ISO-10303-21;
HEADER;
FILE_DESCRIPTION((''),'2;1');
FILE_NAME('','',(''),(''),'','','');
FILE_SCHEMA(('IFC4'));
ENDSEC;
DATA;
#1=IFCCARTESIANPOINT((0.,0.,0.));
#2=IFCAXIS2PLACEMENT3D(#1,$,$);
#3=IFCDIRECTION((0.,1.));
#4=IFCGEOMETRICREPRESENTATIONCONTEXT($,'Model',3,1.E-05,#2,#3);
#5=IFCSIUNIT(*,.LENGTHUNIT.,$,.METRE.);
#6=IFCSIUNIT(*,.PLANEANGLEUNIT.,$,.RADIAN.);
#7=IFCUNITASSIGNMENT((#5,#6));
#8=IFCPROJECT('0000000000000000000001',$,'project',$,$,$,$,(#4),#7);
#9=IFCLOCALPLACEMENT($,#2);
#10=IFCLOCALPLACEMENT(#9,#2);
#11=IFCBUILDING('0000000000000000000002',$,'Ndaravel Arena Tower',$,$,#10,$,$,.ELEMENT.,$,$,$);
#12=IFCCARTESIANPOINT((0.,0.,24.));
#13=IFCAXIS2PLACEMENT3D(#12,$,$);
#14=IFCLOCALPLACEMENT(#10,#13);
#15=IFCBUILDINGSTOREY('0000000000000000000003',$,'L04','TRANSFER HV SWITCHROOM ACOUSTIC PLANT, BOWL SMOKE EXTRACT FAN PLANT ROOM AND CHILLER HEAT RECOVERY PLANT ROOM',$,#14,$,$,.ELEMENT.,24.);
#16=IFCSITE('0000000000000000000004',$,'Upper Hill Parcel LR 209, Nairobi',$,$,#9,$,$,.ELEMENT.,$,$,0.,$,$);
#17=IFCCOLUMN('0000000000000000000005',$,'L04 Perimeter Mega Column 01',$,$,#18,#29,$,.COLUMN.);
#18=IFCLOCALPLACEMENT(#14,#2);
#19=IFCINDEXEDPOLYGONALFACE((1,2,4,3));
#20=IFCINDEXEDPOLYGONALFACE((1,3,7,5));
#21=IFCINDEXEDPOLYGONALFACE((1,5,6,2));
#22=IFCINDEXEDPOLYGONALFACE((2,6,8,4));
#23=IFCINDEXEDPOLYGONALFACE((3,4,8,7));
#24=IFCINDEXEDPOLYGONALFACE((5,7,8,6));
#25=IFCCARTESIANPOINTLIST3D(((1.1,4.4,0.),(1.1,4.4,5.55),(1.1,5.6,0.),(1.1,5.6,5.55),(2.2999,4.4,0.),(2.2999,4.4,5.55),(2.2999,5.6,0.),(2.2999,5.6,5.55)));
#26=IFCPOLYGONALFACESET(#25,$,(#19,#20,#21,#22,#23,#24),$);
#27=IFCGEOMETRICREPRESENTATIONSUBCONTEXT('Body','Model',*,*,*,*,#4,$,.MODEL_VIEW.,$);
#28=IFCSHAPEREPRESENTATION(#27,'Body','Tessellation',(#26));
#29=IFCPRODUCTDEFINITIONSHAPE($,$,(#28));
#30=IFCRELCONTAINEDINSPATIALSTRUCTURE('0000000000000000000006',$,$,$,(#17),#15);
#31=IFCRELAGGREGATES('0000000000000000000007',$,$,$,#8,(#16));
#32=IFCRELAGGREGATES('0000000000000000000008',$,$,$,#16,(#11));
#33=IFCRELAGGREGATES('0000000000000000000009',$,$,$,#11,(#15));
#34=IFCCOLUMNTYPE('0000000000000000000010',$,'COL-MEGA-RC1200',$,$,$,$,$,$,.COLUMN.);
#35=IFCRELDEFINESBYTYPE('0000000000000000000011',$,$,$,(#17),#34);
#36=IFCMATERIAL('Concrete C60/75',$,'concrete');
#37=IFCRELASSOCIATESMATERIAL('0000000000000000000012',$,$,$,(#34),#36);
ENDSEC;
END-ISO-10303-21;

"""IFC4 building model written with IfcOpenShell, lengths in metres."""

from ifc_helpers import new_model, si_unit, direction, frame, origin, origin_2d, place, context, subcontext, project, spatial, rectangle, extrude, material, material_profile, profile_set, type_object, element, save


model = new_model("IFC4")

# Units and contexts
model_context = context("Model", 3, precision=1e-05, world=origin(), true_north=direction((0.0, 1.0)))
body_context = subcontext(model_context, "Body", "Model", "MODEL_VIEW")
ifc_project = project(units=[si_unit("LENGTHUNIT", "METRE"), si_unit("PLANEANGLEUNIT", "RADIAN")], contexts=[model_context])

# Site, building, storey
site_placement = place(None, origin())
site = spatial("IfcSite", under=ifc_project, at=site_placement, Name="Upper Hill Parcel LR 209, Nairobi", CompositionType="ELEMENT", RefElevation=0.0)
building_placement = place(site_placement, origin())
building = spatial("IfcBuilding", under=site, at=building_placement, Name="Ndaravel Arena Tower", CompositionType="ELEMENT")
storey_placement = place(building_placement, frame((0.0, 0.0, 24.0)))
storey = spatial("IfcBuildingStorey", under=building, at=storey_placement, Name="L04", Description="TRANSFER HV SWITCHROOM ACOUSTIC PLANT, BOWL SMOKE EXTRACT FAN PLANT ROOM AND CHILLER HEAT RECOVERY PLANT ROOM", CompositionType="ELEMENT", Elevation=24.0)

# Column
ifc_material_1 = material(Name="Concrete C60/75", Category="concrete")
ifc_material_profile = material_profile(ifc_material_1, rectangle(XDim=1.2, YDim=1.2, at=origin_2d()), Name="RC 1200x1200")
ifc_profile_set = profile_set([ifc_material_profile], Name="Concrete C60/75")
column_type = type_object("IfcColumnType", Name="COL-MEGA-RC1200", PredefinedType="COLUMN", material=ifc_profile_set)
column_placement = place(storey_placement, frame((1.7, 5.0, 0.0), z_axis=(0.0, 0.0, 1.0), x_axis=(1.0, 0.0, 0.0)))
element("IfcColumn", 1, at=column_placement, inside=storey, type_object=column_type, Name="L04 Perimeter Mega Column 01", PredefinedType="COLUMN", context=body_context, shape_type="SweptSolid", body=[
    extrude(rectangle(XDim=1.2, YDim=1.2, at=origin_2d()), origin(), (0.0, 0.0, 1.0), 5.55),
])

save(model, "model.ifc")
